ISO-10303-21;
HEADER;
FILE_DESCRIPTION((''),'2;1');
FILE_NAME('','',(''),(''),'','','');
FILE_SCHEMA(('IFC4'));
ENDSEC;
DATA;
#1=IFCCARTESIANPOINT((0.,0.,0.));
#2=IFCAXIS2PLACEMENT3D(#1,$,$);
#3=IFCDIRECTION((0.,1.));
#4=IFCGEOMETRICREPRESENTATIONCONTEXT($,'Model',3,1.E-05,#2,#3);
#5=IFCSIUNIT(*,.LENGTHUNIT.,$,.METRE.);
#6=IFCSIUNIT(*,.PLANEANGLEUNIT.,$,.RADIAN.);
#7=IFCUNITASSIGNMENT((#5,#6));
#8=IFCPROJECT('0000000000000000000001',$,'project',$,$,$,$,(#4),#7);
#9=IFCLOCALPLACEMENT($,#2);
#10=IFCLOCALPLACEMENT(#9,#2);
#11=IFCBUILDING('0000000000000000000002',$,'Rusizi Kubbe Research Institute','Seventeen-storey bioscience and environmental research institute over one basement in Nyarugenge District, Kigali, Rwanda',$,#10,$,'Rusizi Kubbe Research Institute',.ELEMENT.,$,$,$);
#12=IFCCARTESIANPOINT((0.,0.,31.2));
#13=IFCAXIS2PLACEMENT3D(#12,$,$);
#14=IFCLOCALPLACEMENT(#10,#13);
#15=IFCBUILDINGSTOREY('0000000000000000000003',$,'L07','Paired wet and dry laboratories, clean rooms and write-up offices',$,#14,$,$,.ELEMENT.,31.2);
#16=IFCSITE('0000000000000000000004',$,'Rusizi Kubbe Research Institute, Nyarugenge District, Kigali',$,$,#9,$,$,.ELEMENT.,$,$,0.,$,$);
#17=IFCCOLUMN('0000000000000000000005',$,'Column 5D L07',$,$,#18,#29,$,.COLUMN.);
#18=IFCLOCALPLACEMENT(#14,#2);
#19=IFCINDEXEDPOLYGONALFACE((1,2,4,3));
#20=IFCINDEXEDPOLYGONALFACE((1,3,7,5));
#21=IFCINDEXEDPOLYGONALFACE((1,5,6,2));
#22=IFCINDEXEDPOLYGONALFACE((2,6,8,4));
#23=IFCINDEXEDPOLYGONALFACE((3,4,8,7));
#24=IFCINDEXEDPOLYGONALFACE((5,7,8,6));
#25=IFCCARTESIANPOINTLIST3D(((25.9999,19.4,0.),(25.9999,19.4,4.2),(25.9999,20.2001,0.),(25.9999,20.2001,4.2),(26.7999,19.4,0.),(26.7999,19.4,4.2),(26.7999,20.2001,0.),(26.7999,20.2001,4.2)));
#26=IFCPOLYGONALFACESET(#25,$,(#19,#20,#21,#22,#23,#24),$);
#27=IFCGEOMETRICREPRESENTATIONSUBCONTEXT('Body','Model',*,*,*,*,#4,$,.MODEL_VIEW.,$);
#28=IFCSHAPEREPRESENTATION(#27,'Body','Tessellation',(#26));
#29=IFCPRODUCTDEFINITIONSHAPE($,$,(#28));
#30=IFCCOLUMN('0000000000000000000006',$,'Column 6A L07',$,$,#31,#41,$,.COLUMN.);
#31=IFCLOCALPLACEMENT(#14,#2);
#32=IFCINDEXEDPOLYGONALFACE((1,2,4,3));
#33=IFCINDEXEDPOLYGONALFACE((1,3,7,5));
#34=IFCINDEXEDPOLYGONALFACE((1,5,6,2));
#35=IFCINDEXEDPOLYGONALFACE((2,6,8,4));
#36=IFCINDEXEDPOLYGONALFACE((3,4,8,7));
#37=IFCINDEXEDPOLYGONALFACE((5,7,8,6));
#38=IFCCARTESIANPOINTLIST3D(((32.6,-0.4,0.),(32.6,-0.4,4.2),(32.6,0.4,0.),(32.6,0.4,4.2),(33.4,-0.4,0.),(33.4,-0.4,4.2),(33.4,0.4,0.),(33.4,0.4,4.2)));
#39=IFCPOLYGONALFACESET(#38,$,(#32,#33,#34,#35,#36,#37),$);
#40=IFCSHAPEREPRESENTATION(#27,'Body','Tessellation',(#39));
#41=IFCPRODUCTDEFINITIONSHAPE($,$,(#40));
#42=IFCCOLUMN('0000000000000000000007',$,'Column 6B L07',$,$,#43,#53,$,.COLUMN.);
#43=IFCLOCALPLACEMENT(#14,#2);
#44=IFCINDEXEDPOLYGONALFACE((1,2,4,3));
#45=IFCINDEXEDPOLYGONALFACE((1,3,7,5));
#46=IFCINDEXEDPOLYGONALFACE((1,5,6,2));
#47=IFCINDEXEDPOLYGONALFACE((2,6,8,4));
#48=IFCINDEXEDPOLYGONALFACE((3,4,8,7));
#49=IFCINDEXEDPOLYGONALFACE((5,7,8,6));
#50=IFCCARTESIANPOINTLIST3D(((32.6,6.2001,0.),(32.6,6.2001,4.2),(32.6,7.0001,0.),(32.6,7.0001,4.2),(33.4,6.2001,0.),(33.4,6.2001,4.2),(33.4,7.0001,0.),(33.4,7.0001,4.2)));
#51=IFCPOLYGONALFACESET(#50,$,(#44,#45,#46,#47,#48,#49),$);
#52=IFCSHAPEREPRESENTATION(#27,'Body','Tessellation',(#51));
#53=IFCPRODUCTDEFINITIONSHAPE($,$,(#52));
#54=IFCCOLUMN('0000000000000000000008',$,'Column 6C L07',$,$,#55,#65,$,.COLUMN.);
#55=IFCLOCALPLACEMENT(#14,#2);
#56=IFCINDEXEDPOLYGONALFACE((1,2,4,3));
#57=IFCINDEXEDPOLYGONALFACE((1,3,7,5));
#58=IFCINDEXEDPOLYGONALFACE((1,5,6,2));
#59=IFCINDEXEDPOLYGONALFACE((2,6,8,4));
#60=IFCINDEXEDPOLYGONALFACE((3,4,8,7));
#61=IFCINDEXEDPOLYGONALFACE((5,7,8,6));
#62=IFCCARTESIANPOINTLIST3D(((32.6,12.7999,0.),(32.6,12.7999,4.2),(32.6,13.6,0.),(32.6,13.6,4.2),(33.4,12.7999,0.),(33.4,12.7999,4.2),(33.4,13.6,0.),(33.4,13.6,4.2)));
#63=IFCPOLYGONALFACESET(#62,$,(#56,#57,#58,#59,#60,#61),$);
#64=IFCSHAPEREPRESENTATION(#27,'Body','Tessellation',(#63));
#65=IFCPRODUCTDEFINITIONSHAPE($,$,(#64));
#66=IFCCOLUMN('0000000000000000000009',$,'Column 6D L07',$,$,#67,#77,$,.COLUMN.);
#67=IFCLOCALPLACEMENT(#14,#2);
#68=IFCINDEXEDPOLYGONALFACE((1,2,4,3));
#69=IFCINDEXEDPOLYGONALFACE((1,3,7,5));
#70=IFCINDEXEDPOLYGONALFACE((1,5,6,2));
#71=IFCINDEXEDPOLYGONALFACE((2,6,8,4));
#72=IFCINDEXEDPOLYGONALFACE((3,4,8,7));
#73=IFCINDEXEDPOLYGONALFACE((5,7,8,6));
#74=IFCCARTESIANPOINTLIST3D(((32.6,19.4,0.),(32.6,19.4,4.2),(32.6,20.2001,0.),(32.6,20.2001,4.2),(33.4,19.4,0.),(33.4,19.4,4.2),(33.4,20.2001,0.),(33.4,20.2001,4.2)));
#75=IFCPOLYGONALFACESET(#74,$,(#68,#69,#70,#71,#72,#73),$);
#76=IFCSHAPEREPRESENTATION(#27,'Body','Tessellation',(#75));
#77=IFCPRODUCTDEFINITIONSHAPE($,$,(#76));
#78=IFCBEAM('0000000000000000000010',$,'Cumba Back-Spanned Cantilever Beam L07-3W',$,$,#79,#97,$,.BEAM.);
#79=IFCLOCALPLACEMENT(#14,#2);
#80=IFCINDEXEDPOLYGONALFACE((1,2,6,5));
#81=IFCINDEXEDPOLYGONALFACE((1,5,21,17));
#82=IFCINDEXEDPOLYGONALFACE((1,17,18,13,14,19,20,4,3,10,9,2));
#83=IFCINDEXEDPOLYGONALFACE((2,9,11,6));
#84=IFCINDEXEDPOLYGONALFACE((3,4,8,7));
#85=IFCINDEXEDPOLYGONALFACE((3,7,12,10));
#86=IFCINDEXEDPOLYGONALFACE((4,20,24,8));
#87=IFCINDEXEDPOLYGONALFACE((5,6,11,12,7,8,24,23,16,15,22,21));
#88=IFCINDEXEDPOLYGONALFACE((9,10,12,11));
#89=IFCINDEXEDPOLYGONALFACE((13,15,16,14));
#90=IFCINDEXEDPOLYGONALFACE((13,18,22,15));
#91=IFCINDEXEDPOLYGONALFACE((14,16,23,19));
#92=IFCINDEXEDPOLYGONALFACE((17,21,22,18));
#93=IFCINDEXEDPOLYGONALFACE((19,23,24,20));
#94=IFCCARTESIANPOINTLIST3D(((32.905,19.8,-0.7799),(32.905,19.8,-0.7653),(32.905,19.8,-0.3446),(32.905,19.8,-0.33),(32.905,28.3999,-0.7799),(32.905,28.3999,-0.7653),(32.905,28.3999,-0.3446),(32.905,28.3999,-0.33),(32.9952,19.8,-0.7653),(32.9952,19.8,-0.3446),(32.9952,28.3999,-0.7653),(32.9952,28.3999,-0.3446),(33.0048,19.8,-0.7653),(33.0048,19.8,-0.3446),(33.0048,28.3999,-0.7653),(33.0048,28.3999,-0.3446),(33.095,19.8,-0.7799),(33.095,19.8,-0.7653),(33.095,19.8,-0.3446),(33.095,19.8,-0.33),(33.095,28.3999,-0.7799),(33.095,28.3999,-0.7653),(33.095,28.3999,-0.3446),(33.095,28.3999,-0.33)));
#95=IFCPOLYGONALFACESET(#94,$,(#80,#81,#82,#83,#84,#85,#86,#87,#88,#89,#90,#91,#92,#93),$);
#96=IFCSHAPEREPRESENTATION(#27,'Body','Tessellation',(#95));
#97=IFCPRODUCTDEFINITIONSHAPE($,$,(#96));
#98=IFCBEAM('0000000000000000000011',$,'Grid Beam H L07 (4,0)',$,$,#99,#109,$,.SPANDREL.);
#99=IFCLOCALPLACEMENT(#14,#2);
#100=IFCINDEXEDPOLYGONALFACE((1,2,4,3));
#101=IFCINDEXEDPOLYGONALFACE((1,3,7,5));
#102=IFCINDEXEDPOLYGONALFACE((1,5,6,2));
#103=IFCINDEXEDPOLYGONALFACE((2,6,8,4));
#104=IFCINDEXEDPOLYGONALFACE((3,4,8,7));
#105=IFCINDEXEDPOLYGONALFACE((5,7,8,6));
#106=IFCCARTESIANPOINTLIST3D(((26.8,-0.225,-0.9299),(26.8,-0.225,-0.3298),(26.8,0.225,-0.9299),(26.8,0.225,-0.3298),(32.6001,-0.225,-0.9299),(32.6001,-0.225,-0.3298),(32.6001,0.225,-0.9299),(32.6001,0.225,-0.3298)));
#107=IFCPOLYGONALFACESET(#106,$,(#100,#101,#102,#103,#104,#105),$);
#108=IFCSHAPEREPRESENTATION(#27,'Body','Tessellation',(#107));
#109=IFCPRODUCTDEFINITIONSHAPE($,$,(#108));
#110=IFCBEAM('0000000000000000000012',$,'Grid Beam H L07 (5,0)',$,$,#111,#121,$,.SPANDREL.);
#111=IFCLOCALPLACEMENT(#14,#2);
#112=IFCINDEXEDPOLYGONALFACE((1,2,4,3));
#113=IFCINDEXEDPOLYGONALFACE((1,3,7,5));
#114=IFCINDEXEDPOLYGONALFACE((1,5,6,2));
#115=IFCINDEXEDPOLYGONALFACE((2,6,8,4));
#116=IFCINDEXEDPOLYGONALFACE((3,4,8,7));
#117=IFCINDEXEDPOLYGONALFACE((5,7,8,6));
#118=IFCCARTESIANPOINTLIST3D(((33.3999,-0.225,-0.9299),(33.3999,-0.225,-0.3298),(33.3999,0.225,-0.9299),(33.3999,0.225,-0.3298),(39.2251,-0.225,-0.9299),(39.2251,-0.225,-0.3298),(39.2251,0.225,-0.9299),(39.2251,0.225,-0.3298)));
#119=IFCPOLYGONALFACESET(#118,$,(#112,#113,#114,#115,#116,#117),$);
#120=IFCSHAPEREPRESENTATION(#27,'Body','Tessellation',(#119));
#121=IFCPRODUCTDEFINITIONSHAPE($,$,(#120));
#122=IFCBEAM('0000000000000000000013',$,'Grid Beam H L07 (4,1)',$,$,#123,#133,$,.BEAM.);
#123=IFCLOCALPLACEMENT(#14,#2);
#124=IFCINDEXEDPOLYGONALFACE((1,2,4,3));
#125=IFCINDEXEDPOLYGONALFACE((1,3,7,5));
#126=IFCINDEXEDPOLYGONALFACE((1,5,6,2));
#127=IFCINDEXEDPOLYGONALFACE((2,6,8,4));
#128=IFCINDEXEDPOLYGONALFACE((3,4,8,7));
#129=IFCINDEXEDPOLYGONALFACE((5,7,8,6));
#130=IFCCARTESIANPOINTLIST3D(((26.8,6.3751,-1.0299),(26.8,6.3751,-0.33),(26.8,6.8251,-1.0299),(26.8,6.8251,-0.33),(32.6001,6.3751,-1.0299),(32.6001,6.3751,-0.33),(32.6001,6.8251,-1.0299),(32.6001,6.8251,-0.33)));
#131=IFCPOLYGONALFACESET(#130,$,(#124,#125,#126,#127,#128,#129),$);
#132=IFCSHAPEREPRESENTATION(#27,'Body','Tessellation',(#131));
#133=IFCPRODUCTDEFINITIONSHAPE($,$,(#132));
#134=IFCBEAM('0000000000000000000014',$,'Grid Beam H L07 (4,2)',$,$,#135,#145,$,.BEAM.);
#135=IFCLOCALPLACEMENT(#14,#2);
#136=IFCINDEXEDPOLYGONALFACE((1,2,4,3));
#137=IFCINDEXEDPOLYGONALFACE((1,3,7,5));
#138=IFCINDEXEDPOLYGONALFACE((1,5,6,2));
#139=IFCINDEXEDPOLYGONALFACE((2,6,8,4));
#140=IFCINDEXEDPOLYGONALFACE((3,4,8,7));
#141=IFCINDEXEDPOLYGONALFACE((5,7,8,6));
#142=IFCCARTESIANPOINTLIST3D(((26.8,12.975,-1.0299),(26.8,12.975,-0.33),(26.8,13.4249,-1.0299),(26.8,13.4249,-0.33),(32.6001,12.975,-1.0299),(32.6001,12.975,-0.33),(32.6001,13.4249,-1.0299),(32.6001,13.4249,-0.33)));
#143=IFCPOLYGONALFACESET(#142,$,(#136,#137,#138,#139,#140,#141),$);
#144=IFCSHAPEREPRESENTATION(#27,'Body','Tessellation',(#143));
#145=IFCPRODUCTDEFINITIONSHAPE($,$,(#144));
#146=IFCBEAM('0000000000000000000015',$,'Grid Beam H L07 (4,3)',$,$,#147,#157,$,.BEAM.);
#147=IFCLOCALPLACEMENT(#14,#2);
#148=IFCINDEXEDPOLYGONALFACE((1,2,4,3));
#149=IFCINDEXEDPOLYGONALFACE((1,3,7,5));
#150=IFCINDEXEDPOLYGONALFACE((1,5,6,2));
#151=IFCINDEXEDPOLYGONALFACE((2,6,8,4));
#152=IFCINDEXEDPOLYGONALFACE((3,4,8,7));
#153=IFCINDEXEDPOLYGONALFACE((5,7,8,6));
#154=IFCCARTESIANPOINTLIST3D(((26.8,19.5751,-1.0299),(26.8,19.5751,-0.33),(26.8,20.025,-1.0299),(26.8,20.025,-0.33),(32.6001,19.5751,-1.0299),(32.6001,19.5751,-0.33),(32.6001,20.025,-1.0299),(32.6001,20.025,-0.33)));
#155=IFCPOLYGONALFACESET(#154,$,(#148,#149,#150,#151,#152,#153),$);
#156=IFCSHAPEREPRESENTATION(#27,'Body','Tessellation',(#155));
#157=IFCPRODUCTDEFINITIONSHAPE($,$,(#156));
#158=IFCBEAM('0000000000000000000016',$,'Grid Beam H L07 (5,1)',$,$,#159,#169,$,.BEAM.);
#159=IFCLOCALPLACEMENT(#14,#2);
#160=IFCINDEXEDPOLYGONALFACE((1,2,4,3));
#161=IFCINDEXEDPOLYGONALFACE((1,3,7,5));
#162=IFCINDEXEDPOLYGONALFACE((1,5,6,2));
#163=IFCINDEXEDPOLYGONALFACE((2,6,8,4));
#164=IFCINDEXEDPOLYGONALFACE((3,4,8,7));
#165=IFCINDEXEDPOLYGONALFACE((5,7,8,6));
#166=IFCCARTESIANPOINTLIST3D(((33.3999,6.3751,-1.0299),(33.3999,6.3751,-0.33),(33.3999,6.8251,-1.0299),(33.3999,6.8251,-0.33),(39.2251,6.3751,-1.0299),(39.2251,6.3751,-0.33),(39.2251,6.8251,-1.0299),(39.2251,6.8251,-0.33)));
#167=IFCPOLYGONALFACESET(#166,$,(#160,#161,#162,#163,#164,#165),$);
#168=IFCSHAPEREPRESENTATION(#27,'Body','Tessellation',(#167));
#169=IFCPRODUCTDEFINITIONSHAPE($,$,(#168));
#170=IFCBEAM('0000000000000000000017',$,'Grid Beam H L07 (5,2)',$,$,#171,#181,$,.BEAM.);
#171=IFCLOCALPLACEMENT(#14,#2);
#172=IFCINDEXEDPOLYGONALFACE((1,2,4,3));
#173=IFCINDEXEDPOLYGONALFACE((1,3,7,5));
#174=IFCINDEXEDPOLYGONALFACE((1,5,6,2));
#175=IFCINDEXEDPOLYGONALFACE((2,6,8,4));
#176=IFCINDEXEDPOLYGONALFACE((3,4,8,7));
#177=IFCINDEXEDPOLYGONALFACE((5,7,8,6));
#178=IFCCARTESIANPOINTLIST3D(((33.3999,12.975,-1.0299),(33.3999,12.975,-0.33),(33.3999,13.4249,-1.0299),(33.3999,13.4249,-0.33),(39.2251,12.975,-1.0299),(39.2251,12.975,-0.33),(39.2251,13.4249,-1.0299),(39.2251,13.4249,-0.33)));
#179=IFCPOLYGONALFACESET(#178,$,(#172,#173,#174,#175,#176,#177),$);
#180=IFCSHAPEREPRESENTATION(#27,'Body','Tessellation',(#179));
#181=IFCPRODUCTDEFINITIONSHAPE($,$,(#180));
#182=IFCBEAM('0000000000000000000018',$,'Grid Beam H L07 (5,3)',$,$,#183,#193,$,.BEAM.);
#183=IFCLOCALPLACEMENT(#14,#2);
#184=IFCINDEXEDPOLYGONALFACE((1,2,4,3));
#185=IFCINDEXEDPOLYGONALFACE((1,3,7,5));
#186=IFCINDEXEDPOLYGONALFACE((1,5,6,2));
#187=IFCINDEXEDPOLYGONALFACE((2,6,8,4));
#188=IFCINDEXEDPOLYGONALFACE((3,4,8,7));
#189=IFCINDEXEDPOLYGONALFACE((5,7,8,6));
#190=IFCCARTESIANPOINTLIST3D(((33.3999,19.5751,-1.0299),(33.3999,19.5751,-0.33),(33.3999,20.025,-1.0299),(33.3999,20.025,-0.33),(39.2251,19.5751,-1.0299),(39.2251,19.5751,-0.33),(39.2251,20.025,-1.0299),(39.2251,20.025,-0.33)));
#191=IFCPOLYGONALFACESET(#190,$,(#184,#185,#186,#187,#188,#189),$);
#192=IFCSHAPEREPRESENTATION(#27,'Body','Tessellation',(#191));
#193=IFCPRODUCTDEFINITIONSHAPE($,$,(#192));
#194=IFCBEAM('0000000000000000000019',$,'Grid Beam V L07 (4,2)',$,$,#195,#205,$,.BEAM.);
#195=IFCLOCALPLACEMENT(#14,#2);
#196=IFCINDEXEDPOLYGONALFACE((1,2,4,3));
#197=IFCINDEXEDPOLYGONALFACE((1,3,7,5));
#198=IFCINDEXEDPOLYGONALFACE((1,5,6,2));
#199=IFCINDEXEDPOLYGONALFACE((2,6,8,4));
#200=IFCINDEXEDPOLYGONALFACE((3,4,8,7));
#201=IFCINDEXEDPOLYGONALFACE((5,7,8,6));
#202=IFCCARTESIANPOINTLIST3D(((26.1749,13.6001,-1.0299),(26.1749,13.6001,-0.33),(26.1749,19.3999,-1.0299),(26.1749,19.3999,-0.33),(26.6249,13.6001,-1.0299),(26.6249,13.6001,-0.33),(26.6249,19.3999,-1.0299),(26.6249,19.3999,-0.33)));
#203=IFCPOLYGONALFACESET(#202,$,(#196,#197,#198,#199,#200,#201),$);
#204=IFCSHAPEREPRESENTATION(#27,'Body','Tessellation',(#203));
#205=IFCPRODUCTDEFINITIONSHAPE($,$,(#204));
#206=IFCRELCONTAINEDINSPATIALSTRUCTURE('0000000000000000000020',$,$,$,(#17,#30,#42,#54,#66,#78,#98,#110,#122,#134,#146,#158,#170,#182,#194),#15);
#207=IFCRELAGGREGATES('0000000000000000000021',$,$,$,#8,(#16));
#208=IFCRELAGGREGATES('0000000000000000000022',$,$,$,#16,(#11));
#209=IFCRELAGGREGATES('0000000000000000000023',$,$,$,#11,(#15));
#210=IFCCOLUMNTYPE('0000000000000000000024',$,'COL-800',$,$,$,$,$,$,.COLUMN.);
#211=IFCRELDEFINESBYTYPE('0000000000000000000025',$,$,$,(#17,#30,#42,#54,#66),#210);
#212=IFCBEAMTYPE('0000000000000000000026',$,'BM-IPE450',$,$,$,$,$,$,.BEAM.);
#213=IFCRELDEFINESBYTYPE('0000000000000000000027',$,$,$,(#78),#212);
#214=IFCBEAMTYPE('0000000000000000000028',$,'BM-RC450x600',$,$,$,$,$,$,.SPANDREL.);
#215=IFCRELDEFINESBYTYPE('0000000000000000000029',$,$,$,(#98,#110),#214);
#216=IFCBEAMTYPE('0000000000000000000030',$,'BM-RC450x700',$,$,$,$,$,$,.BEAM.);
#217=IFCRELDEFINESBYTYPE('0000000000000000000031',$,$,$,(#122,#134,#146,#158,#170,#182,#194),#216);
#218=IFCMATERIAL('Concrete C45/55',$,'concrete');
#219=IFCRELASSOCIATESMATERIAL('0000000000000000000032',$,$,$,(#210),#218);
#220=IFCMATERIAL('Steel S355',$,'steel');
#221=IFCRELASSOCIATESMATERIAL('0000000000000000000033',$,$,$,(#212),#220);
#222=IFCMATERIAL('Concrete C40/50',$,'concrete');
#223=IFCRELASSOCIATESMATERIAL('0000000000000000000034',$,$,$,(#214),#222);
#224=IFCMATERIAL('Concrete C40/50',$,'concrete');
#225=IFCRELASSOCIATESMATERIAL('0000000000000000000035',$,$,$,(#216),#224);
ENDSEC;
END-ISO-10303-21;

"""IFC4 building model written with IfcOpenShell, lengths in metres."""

from ifc_helpers import new_model, si_unit, direction, frame, origin, origin_2d, place, context, subcontext, project, spatial, rectangle, i_section, extrude, material, material_profile, profile_set, type_object, element, save


model = new_model("IFC4")

# Units and contexts
model_context = context("Model", 3, precision=1e-05, world=origin(), true_north=direction((0.0, 1.0)))
body_context = subcontext(model_context, "Body", "Model", "MODEL_VIEW")
ifc_project = project(units=[si_unit("LENGTHUNIT", "METRE"), si_unit("PLANEANGLEUNIT", "RADIAN")], contexts=[model_context])

# Site, building, storey
site_placement = place(None, origin())
site = spatial("IfcSite", under=ifc_project, at=site_placement, Name="Rusizi Kubbe Research Institute, Nyarugenge District, Kigali", CompositionType="ELEMENT", RefElevation=0.0)
building_placement = place(site_placement, origin())
building = spatial("IfcBuilding", under=site, at=building_placement, Name="Rusizi Kubbe Research Institute", Description="Seventeen-storey bioscience and environmental research institute over one basement in Nyarugenge District, Kigali, Rwanda", LongName="Rusizi Kubbe Research Institute", CompositionType="ELEMENT")
storey_placement = place(building_placement, frame((0.0, 0.0, 31.2)))
storey = spatial("IfcBuildingStorey", under=building, at=storey_placement, Name="L07", Description="Paired wet and dry laboratories, clean rooms and write-up offices", CompositionType="ELEMENT", Elevation=31.2)

# Columns
ifc_material_1 = material(Name="Concrete C45/55", Category="concrete")
ifc_material_profile_1 = material_profile(ifc_material_1, rectangle(XDim=0.8, YDim=0.8, at=origin_2d()), Name="RC800x800")
ifc_profile_set_1 = profile_set([ifc_material_profile_1], Name="Concrete C45/55")
column_type = type_object("IfcColumnType", Name="COL-800", PredefinedType="COLUMN", material=ifc_profile_set_1)
for number, where, z_axis, x_axis, name in (
    (1, (26.3999, 19.8, 0.0), (0.0, 0.0, 1.0), (1.0, 0.0, 0.0), "Column 5D L07"),
    (2, (33.0, 0.0, 0.0), (0.0, 0.0, 1.0), (1.0, 0.0, 0.0), "Column 6A L07"),
    (3, (33.0, 6.6001, 0.0), (0.0, 0.0, 1.0), (1.0, 0.0, 0.0), "Column 6B L07"),
    (4, (33.0, 13.2, 0.0), (0.0, 0.0, 1.0), (1.0, 0.0, 0.0), "Column 6C L07"),
    (5, (33.0, 19.8, 0.0), (0.0, 0.0, 1.0), (1.0, 0.0, 0.0), "Column 6D L07"),
):
    element("IfcColumn", number, at=place(storey_placement, frame(where, z_axis=z_axis, x_axis=x_axis)), inside=storey, type_object=column_type, Name=name, PredefinedType="COLUMN", context=body_context, shape_type="SweptSolid", body=[
        extrude(rectangle(XDim=0.8, YDim=0.8, at=origin_2d()), origin(), (0.0, 0.0, 1.0), 4.2),
    ])

# Beams
ifc_material_2 = material(Name="Steel S355", Category="steel")
ifc_material_profile_2 = material_profile(ifc_material_2, i_section(OverallWidth=0.1899, OverallDepth=0.45, WebThickness=0.0095, FlangeThickness=0.0146, at=origin_2d()), Name="IPE 450")
ifc_profile_set_2 = profile_set([ifc_material_profile_2], Name="Steel S355")
beam_type_1 = type_object("IfcBeamType", Name="BM-IPE450", PredefinedType="BEAM", material=ifc_profile_set_2)
beam_1_placement = place(storey_placement, frame((33.0, 19.8, -0.5549), z_axis=(0.0, 1.0, 0.0), x_axis=(-1.0, 0.0, 0.0)))
element("IfcBeam", 6, at=beam_1_placement, inside=storey, type_object=beam_type_1, Name="Cumba Back-Spanned Cantilever Beam L07-3W", PredefinedType="BEAM", context=body_context, shape_type="SweptSolid", body=[
    extrude(i_section(OverallWidth=0.1899, OverallDepth=0.45, WebThickness=0.0095, FlangeThickness=0.0146, at=origin_2d()), origin(), (0.0, 0.0, 1.0), 8.5999),
])
ifc_material_3 = material(Name="Concrete C40/50", Category="concrete")
ifc_material_profile_3 = material_profile(ifc_material_3, rectangle(XDim=0.45, YDim=0.6001, at=origin_2d()), Name="RC450x600")
ifc_profile_set_3 = profile_set([ifc_material_profile_3], Name="Concrete C40/50")
beam_type_2 = type_object("IfcBeamType", Name="BM-RC450x600", PredefinedType="SPANDREL", material=ifc_profile_set_3)
beam_2_placement = place(storey_placement, frame((26.8, 0.0, -0.6299), z_axis=(1.0, 0.0, 0.0), x_axis=(0.0, 1.0, 0.0)))
element("IfcBeam", 7, at=beam_2_placement, inside=storey, type_object=beam_type_2, Name="Grid Beam H L07 (4,0)", PredefinedType="SPANDREL", context=body_context, shape_type="SweptSolid", body=[
    extrude(rectangle(XDim=0.45, YDim=0.6001, at=origin_2d()), origin(), (0.0, 0.0, 1.0), 5.8),
])
beam_3_placement = place(storey_placement, frame((33.3999, 0.0, -0.6299), z_axis=(1.0, 0.0, 0.0), x_axis=(0.0, 1.0, 0.0)))
element("IfcBeam", 8, at=beam_3_placement, inside=storey, type_object=beam_type_2, Name="Grid Beam H L07 (5,0)", PredefinedType="SPANDREL", context=body_context, shape_type="SweptSolid", body=[
    extrude(rectangle(XDim=0.45, YDim=0.6001, at=origin_2d()), origin(), (0.0, 0.0, 1.0), 5.8252),
])
ifc_material_4 = material(Name="Concrete C40/50", Category="concrete")
ifc_material_profile_4 = material_profile(ifc_material_4, rectangle(XDim=0.45, YDim=0.7, at=origin_2d()), Name="RC450x700B")
ifc_profile_set_4 = profile_set([ifc_material_profile_4], Name="Concrete C40/50")
beam_type_3 = type_object("IfcBeamType", Name="BM-RC450x700", PredefinedType="BEAM", material=ifc_profile_set_4)
for number, where, z_axis, x_axis, name in (
    (9, (26.8, 6.6001, -0.6799), (1.0, 0.0, 0.0), (0.0, 1.0, 0.0), "Grid Beam H L07 (4,1)"),
    (10, (26.8, 13.2, -0.6799), (1.0, 0.0, 0.0), (0.0, 1.0, 0.0), "Grid Beam H L07 (4,2)"),
    (11, (26.8, 19.8, -0.6799), (1.0, 0.0, 0.0), (0.0, 1.0, 0.0), "Grid Beam H L07 (4,3)"),
):
    element("IfcBeam", number, at=place(storey_placement, frame(where, z_axis=z_axis, x_axis=x_axis)), inside=storey, type_object=beam_type_3, Name=name, PredefinedType="BEAM", context=body_context, shape_type="SweptSolid", body=[
        extrude(rectangle(XDim=0.45, YDim=0.7, at=origin_2d()), origin(), (0.0, 0.0, 1.0), 5.8),
    ])
for number, where, z_axis, x_axis, name in (
    (12, (33.3999, 6.6001, -0.6799), (1.0, 0.0, 0.0), (0.0, 1.0, 0.0), "Grid Beam H L07 (5,1)"),
    (13, (33.3999, 13.2, -0.6799), (1.0, 0.0, 0.0), (0.0, 1.0, 0.0), "Grid Beam H L07 (5,2)"),
    (14, (33.3999, 19.8, -0.6799), (1.0, 0.0, 0.0), (0.0, 1.0, 0.0), "Grid Beam H L07 (5,3)"),
):
    element("IfcBeam", number, at=place(storey_placement, frame(where, z_axis=z_axis, x_axis=x_axis)), inside=storey, type_object=beam_type_3, Name=name, PredefinedType="BEAM", context=body_context, shape_type="SweptSolid", body=[
        extrude(rectangle(XDim=0.45, YDim=0.7, at=origin_2d()), origin(), (0.0, 0.0, 1.0), 5.8252),
    ])
beam_4_placement = place(storey_placement, frame((26.3999, 13.6001, -0.6799), z_axis=(0.0, 1.0, 0.0), x_axis=(-1.0, 0.0, 0.0)))
element("IfcBeam", 15, at=beam_4_placement, inside=storey, type_object=beam_type_3, Name="Grid Beam V L07 (4,2)", PredefinedType="BEAM", context=body_context, shape_type="SweptSolid", body=[
    extrude(rectangle(XDim=0.45, YDim=0.7, at=origin_2d()), origin(), (0.0, 0.0, 1.0), 5.7998),
])

save(model, "model.ifc")
